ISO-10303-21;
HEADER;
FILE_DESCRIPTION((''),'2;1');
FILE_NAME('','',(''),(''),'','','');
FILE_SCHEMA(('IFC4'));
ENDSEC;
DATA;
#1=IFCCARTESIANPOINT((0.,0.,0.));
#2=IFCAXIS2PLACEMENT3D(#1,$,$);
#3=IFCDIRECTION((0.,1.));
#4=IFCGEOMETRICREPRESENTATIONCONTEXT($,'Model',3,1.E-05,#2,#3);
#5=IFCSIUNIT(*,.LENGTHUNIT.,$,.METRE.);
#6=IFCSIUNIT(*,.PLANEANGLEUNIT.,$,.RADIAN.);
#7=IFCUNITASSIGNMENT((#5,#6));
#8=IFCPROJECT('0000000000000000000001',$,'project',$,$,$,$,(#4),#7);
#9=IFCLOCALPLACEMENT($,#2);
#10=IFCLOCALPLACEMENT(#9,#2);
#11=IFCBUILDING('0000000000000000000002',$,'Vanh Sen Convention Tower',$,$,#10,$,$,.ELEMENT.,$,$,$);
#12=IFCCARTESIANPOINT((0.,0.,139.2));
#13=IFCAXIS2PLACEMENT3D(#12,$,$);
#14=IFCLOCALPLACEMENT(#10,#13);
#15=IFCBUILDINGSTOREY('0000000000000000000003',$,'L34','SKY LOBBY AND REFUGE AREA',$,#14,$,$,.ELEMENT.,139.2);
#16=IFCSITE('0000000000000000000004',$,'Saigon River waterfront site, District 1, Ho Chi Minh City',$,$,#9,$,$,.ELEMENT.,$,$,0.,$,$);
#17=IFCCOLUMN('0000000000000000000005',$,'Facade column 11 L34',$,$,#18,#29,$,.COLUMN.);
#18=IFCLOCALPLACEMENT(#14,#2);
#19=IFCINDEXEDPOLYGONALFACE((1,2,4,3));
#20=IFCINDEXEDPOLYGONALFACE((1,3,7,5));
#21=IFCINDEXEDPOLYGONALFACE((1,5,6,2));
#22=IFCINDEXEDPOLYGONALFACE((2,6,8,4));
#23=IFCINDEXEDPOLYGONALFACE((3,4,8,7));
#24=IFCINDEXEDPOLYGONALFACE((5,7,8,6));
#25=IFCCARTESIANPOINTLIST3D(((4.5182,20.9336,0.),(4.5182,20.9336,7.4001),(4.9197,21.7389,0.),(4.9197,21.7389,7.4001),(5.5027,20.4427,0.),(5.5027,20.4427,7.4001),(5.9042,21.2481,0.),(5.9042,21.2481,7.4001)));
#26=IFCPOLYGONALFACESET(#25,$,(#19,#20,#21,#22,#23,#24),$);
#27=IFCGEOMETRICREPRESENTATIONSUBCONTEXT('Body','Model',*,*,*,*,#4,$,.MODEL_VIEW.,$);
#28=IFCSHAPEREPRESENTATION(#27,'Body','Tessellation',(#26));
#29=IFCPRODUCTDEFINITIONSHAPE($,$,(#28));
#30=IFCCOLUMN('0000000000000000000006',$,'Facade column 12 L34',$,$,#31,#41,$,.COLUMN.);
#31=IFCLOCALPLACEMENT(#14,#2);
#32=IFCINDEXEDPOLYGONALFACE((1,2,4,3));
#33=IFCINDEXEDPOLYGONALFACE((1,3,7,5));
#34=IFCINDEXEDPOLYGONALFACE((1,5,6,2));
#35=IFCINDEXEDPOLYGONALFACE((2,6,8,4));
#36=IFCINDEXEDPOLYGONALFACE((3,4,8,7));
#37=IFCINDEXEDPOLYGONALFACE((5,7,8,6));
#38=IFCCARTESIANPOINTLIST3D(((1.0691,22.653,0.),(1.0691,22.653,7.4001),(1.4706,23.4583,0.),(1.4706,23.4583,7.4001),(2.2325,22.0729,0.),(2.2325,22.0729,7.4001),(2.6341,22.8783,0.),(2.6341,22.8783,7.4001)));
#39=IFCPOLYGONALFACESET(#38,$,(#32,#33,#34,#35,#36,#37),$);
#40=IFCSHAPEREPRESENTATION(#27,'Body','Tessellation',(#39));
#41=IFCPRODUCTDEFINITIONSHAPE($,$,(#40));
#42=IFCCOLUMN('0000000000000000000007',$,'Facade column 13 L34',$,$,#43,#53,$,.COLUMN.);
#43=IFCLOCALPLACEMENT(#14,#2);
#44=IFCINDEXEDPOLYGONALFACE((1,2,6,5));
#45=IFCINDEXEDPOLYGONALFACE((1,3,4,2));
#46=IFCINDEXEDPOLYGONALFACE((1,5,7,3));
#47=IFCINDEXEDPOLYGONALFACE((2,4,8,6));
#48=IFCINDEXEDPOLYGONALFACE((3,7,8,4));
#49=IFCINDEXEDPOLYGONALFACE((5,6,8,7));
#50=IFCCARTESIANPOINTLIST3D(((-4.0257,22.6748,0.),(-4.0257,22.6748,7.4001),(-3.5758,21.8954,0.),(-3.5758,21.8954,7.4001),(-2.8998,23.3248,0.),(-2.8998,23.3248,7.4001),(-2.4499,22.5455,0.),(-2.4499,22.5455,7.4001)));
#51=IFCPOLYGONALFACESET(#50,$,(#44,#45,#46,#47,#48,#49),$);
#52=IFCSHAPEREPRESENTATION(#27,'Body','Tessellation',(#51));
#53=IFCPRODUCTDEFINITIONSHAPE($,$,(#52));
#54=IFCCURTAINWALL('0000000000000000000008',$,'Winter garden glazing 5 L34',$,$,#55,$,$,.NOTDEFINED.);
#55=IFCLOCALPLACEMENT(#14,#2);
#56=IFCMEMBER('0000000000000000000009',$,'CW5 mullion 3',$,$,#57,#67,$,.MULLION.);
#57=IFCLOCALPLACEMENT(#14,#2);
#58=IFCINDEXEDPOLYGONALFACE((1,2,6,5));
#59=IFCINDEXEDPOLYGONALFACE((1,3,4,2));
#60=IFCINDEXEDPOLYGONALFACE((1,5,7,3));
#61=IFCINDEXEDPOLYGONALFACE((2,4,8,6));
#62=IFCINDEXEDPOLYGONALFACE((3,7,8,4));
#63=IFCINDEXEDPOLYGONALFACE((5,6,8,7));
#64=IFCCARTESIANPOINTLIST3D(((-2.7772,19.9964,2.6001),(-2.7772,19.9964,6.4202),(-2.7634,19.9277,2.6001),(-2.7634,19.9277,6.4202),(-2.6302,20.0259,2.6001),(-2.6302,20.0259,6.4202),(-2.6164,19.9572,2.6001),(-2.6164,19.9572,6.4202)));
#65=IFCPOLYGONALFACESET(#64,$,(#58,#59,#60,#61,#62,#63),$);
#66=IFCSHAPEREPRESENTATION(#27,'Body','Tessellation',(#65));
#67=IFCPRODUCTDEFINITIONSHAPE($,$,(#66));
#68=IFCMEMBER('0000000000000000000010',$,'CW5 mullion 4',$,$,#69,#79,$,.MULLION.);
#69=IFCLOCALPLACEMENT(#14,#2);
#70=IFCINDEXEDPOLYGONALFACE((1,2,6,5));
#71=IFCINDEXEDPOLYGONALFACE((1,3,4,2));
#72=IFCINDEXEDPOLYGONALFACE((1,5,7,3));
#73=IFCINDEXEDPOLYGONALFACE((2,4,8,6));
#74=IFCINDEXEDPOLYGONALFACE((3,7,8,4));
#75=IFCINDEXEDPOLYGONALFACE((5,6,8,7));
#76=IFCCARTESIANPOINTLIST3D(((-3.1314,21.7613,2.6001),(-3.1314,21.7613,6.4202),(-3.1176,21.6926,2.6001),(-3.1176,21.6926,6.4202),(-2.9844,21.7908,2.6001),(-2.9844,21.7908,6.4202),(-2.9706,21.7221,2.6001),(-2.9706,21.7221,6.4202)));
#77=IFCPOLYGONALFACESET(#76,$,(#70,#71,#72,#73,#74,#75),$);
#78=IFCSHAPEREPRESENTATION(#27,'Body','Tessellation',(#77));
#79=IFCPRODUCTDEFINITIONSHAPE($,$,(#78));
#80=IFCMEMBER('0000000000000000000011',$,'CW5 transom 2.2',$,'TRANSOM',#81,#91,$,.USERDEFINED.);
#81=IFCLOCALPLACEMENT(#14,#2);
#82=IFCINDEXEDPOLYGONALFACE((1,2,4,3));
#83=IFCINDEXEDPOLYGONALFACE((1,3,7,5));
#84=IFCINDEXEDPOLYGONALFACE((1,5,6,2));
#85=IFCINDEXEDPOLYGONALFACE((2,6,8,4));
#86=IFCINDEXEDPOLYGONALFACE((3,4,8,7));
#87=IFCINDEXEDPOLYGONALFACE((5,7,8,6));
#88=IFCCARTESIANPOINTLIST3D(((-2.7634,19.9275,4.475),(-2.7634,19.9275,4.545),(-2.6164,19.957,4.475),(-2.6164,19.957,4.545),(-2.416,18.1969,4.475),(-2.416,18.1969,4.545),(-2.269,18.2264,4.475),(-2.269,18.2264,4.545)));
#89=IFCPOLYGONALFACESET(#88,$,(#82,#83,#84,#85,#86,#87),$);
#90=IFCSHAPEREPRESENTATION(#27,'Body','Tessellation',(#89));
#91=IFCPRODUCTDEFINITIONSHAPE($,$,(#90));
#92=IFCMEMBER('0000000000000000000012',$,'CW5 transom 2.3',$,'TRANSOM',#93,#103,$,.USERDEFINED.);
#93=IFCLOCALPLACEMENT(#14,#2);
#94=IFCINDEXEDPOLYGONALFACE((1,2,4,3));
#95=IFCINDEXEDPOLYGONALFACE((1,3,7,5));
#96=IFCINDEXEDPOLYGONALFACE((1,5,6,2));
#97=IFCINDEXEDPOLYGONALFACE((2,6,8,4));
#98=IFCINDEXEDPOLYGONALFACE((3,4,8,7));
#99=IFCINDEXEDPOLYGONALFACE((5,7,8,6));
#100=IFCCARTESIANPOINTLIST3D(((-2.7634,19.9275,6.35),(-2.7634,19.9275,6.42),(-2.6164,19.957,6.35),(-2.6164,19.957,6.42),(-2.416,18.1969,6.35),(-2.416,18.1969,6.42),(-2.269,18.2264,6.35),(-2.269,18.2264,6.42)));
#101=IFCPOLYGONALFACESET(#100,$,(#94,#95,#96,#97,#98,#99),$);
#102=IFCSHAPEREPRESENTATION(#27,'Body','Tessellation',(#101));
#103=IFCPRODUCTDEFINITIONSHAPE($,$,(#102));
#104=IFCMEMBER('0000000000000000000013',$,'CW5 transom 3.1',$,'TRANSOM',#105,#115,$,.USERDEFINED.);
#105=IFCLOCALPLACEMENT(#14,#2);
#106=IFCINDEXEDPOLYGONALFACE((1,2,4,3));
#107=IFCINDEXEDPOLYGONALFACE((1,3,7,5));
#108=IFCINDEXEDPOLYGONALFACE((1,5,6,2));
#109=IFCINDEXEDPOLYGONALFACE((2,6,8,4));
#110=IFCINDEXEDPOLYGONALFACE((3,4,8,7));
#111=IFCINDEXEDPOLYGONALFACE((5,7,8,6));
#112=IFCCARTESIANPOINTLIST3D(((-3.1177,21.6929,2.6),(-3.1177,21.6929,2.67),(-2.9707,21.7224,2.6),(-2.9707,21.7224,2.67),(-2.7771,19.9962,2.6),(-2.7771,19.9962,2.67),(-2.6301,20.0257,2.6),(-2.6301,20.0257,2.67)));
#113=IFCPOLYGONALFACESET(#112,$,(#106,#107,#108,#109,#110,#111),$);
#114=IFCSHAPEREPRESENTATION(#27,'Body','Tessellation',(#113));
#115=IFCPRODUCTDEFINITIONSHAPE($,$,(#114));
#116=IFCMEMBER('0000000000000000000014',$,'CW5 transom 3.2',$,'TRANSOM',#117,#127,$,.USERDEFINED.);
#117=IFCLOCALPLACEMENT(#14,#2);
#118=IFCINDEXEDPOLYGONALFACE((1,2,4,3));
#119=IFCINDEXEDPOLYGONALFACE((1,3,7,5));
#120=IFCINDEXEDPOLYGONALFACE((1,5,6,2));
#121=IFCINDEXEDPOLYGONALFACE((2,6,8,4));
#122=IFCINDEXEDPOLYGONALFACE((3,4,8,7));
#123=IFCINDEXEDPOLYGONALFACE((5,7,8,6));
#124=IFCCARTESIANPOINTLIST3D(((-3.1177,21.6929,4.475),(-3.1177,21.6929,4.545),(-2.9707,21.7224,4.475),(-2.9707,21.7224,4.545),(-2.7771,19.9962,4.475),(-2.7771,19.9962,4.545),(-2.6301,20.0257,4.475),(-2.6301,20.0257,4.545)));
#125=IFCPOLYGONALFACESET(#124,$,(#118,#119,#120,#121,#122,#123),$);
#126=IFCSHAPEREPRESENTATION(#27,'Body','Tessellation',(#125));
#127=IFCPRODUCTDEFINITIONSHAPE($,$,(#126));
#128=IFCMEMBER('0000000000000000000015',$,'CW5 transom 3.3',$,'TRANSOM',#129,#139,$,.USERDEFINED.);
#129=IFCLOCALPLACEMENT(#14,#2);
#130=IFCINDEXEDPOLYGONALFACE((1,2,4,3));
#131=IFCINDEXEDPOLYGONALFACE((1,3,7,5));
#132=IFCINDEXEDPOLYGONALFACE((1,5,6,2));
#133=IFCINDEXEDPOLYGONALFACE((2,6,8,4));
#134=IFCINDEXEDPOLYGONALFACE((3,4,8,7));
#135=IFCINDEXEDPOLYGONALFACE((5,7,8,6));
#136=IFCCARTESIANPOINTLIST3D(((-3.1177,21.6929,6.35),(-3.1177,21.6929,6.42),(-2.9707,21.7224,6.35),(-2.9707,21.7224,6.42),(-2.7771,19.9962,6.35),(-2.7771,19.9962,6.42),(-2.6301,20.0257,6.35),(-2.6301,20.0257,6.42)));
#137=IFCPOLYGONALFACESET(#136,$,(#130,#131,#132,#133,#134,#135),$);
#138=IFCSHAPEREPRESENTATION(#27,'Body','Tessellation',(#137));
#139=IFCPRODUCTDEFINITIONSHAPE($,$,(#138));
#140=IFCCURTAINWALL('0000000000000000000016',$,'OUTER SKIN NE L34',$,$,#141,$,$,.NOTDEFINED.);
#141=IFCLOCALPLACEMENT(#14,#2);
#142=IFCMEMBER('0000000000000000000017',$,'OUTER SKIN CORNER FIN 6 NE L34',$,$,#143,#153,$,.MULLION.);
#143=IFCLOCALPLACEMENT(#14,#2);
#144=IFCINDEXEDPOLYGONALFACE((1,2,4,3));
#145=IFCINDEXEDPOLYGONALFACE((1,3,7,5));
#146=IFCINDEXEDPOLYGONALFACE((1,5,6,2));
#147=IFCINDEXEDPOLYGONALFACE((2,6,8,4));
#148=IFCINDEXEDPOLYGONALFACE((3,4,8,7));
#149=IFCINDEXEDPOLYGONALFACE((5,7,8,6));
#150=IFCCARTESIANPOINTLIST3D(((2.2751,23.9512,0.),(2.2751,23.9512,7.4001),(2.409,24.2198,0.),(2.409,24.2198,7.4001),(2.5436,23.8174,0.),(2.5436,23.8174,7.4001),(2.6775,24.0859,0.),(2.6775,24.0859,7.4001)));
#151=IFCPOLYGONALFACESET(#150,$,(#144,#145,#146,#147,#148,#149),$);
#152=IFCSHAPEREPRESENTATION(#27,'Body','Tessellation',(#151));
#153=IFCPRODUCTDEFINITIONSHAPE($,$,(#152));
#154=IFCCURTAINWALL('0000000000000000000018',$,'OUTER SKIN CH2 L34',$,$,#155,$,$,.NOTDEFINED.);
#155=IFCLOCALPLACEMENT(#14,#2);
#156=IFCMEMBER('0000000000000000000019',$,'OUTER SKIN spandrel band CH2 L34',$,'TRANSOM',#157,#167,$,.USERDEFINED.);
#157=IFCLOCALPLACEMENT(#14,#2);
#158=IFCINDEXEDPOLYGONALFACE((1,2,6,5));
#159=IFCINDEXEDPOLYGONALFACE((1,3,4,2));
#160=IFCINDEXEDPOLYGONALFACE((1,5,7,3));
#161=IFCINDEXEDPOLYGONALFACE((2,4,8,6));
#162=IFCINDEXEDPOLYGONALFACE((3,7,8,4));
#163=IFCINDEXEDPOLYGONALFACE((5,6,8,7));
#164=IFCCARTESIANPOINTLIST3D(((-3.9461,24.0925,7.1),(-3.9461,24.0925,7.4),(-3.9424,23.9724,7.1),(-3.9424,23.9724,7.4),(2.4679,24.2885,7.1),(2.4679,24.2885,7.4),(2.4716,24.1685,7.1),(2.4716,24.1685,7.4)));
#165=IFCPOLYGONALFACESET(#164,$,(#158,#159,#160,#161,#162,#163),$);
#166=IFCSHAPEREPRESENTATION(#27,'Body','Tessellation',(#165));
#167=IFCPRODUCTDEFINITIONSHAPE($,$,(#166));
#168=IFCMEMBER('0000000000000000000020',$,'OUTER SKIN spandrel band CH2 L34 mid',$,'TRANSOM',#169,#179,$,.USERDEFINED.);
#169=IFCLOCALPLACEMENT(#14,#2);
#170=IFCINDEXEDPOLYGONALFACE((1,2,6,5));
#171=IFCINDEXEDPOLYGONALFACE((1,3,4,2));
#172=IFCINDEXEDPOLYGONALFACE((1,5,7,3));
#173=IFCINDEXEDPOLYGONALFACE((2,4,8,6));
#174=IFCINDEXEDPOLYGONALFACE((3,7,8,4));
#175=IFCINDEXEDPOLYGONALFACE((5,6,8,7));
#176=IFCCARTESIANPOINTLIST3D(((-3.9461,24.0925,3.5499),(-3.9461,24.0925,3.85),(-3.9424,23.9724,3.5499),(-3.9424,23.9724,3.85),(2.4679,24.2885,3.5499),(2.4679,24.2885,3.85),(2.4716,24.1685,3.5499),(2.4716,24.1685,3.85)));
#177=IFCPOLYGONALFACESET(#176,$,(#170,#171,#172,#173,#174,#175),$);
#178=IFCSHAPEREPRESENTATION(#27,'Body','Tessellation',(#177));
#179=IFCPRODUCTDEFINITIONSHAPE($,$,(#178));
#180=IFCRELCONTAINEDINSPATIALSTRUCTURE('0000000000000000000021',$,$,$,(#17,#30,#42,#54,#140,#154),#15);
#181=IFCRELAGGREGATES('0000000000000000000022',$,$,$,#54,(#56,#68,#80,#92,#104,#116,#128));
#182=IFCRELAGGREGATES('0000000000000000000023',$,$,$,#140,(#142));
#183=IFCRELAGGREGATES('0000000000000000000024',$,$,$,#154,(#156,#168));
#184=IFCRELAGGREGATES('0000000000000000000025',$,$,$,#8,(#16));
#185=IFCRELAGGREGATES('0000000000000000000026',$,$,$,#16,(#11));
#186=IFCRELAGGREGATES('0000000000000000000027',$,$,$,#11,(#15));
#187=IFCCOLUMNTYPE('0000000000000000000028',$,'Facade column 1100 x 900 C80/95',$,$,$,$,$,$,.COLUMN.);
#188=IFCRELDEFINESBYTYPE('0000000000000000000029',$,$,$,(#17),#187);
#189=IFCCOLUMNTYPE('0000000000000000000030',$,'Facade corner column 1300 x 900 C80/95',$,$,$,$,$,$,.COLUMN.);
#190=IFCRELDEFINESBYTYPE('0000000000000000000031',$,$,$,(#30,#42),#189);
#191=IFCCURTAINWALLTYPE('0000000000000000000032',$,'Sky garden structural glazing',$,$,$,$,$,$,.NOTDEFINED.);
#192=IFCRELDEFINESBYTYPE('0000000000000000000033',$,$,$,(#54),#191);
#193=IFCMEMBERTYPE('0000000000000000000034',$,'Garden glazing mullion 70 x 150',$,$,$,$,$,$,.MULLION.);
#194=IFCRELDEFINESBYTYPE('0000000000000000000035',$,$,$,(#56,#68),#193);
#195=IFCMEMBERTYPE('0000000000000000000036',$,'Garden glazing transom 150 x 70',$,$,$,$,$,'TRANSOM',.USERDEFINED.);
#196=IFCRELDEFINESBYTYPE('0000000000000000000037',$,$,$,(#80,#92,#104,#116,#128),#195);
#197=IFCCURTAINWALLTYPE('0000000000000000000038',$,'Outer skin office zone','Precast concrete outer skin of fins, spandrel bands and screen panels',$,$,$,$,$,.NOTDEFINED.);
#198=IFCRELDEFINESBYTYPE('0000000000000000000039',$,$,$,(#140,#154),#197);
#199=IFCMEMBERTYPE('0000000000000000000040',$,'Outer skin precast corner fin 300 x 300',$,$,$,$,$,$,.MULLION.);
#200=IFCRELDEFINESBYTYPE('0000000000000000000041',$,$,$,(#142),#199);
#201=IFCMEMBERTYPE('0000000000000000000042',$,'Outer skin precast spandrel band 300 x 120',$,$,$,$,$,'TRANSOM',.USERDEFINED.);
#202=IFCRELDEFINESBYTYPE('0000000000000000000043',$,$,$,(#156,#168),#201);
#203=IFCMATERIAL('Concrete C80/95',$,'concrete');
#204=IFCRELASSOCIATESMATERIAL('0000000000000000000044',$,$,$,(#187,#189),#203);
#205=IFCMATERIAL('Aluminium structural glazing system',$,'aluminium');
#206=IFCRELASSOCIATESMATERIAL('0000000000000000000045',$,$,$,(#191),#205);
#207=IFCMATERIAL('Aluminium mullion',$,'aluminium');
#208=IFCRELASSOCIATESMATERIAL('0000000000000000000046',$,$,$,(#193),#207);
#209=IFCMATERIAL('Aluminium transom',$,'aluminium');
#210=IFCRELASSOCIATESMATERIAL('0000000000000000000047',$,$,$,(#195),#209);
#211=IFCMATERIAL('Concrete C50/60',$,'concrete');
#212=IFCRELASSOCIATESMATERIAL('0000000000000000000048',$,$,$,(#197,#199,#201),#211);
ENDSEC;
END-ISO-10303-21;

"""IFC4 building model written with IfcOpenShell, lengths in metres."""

from ifc_helpers import new_model, si_unit, direction, frame, origin, origin_2d, place, context, subcontext, project, spatial, rectangle, extrude, material, material_profile, profile_set, type_object, element, aggregate, save


model = new_model("IFC4")

# Units and contexts
model_context = context("Model", 3, precision=1e-05, world=origin(), true_north=direction((0.0, 1.0)))
body_context = subcontext(model_context, "Body", "Model", "MODEL_VIEW")
ifc_project = project(units=[si_unit("LENGTHUNIT", "METRE"), si_unit("PLANEANGLEUNIT", "RADIAN")], contexts=[model_context])

# Site, building, storey
site_placement = place(None, origin())
site = spatial("IfcSite", under=ifc_project, at=site_placement, Name="Saigon River waterfront site, District 1, Ho Chi Minh City", CompositionType="ELEMENT", RefElevation=0.0)
building_placement = place(site_placement, origin())
building = spatial("IfcBuilding", under=site, at=building_placement, Name="Vanh Sen Convention Tower", CompositionType="ELEMENT")
storey_placement = place(building_placement, frame((0.0, 0.0, 139.2)))
storey = spatial("IfcBuildingStorey", under=building, at=storey_placement, Name="L34", Description="SKY LOBBY AND REFUGE AREA", CompositionType="ELEMENT", Elevation=139.2)

# Columns
ifc_material_1 = material(Name="Concrete C80/95", Category="concrete")
ifc_material_profile_1 = material_profile(ifc_material_1, rectangle(XDim=1.1001, YDim=0.8999, at=origin_2d()), Name="RC 1100X900")
ifc_profile_set_1 = profile_set([ifc_material_profile_1], Name="Concrete C80/95")
column_type_1 = type_object("IfcColumnType", Name="Facade column 1100 x 900 C80/95", PredefinedType="COLUMN", material=ifc_profile_set_1)
column_placement = place(storey_placement, frame((5.2112, 21.0908, 0.0), z_axis=(0.0, 0.0, 1.0), x_axis=(-0.894934, 0.446198, 0.0)))
element("IfcColumn", 1, at=column_placement, inside=storey, type_object=column_type_1, Name="Facade column 11 L34", PredefinedType="COLUMN", context=body_context, shape_type="SweptSolid", body=[
    extrude(rectangle(XDim=1.1001, YDim=0.8999, at=origin_2d()), origin(), (0.0, 0.0, 1.0), 7.4001),
])
ifc_material_profile_2 = material_profile(ifc_material_1, rectangle(XDim=1.3, YDim=0.8999, at=origin_2d()), Name="RC 1300X900")
ifc_profile_set_2 = profile_set([ifc_material_profile_2], Name="Concrete C80/95")
column_type_2 = type_object("IfcColumnType", Name="Facade corner column 1300 x 900 C80/95", PredefinedType="COLUMN", material=ifc_profile_set_2)
for number, where, z_axis, x_axis, name in (
    (2, (1.8516, 22.7656, 0.0), (0.0, 0.0, 1.0), (-0.894934, 0.446198, 0.0), "Facade column 12 L34"),
    (3, (-3.2378, 22.6101, 0.0), (0.0, 0.0, 1.0), (-0.866025, -0.5, 0.0), "Facade column 13 L34"),
):
    element("IfcColumn", number, at=place(storey_placement, frame(where, z_axis=z_axis, x_axis=x_axis)), inside=storey, type_object=column_type_2, Name=name, PredefinedType="COLUMN", context=body_context, shape_type="SweptSolid", body=[
        extrude(rectangle(XDim=1.3, YDim=0.8999, at=origin_2d()), origin(), (0.0, 0.0, 1.0), 7.4001),
    ])

# Curtain wall, members
ifc_material_2 = material(Name="Aluminium structural glazing system", Category="aluminium")
curtain_wall_type_1 = type_object("IfcCurtainWallType", Name="Sky garden structural glazing", PredefinedType="NOTDEFINED", material=ifc_material_2)
curtain_wall_1_placement = place(storey_placement, origin())
curtain_wall_1 = element("IfcCurtainWall", 4, at=curtain_wall_1_placement, inside=storey, type_object=curtain_wall_type_1, Name="Winter garden glazing 5 L34", PredefinedType="NOTDEFINED")
ifc_material_3 = material(Name="Aluminium mullion", Category="aluminium")
ifc_material_profile_3 = material_profile(ifc_material_3, rectangle(XDim=0.1499, YDim=0.0701, at=origin_2d()), Name="Garden glazing mullion 70 x 150")
ifc_profile_set_3 = profile_set([ifc_material_profile_3], Name="Aluminium mullion")
member_type_1 = type_object("IfcMemberType", Name="Garden glazing mullion 70 x 150", PredefinedType="MULLION", material=ifc_profile_set_3)
member_1_placement = place(storey_placement, frame((-2.6968, 19.9768, 2.6001), z_axis=(0.0, 0.0, 1.0), x_axis=(-0.980446, -0.19679, 0.0)))
member_1 = element("IfcMember", 5, at=member_1_placement, type_object=member_type_1, Name="CW5 mullion 3", PredefinedType="MULLION", context=body_context, shape_type="SweptSolid", body=[
    extrude(rectangle(XDim=0.1499, YDim=0.0701, at=origin_2d()), origin(), (0.0, 0.0, 1.0), 3.8201),
])
member_2_placement = place(storey_placement, frame((-3.051, 21.7417, 2.6001), z_axis=(0.0, 0.0, 1.0), x_axis=(-0.980446, -0.19679, 0.0)))
member_2 = element("IfcMember", 6, at=member_2_placement, type_object=member_type_1, Name="CW5 mullion 4", PredefinedType="MULLION", context=body_context, shape_type="SweptSolid", body=[
    extrude(rectangle(XDim=0.1499, YDim=0.0701, at=origin_2d()), origin(), (0.0, 0.0, 1.0), 3.8201),
])
ifc_material_4 = material(Name="Aluminium transom", Category="aluminium")
ifc_material_profile_4 = material_profile(ifc_material_4, rectangle(XDim=0.1499, YDim=0.0701, at=origin_2d()), Name="Garden glazing transom 150 x 70")
ifc_profile_set_4 = profile_set([ifc_material_profile_4], Name="Aluminium transom")
member_type_2 = type_object("IfcMemberType", Name="Garden glazing transom 150 x 70", ElementType="TRANSOM", PredefinedType="USERDEFINED", material=ifc_profile_set_4)
member_3_placement = place(storey_placement, frame((-2.3425, 18.2117, 4.51), z_axis=(-0.196808, 0.980442, 0.0), x_axis=(-0.980442, -0.196808, 0.0)))
member_3 = element("IfcMember", 7, at=member_3_placement, type_object=member_type_2, Name="CW5 transom 2.2", ObjectType="TRANSOM", PredefinedType="USERDEFINED", context=body_context, shape_type="SweptSolid", body=[
    extrude(rectangle(XDim=0.1499, YDim=0.0701, at=origin_2d()), origin(), (0.0, 0.0, 1.0), 1.7651),
])
member_4_placement = place(storey_placement, frame((-2.3425, 18.2117, 6.385), z_axis=(-0.196808, 0.980442, 0.0), x_axis=(-0.980442, -0.196808, 0.0)))
member_4 = element("IfcMember", 8, at=member_4_placement, type_object=member_type_2, Name="CW5 transom 2.3", ObjectType="TRANSOM", PredefinedType="USERDEFINED", context=body_context, shape_type="SweptSolid", body=[
    extrude(rectangle(XDim=0.1499, YDim=0.0701, at=origin_2d()), origin(), (0.0, 0.0, 1.0), 1.7651),
])
member_5_placement = place(storey_placement, frame((-2.7036, 20.011, 2.635), z_axis=(-0.196822, 0.980439, 0.0), x_axis=(-0.980439, -0.196822, 0.0)))
member_5 = element("IfcMember", 9, at=member_5_placement, type_object=member_type_2, Name="CW5 transom 3.1", ObjectType="TRANSOM", PredefinedType="USERDEFINED", context=body_context, shape_type="SweptSolid", body=[
    extrude(rectangle(XDim=0.1499, YDim=0.0701, at=origin_2d()), origin(), (0.0, 0.0, 1.0), 1.7305),
])
member_6_placement = place(storey_placement, frame((-2.7036, 20.011, 4.51), z_axis=(-0.196822, 0.980439, 0.0), x_axis=(-0.980439, -0.196822, 0.0)))
member_6 = element("IfcMember", 10, at=member_6_placement, type_object=member_type_2, Name="CW5 transom 3.2", ObjectType="TRANSOM", PredefinedType="USERDEFINED", context=body_context, shape_type="SweptSolid", body=[
    extrude(rectangle(XDim=0.1499, YDim=0.0701, at=origin_2d()), origin(), (0.0, 0.0, 1.0), 1.7305),
])
member_7_placement = place(storey_placement, frame((-2.7036, 20.011, 6.385), z_axis=(-0.196822, 0.980439, 0.0), x_axis=(-0.980439, -0.196822, 0.0)))
member_7 = element("IfcMember", 11, at=member_7_placement, type_object=member_type_2, Name="CW5 transom 3.3", ObjectType="TRANSOM", PredefinedType="USERDEFINED", context=body_context, shape_type="SweptSolid", body=[
    extrude(rectangle(XDim=0.1499, YDim=0.0701, at=origin_2d()), origin(), (0.0, 0.0, 1.0), 1.7305),
])

# Curtain wall, member
ifc_material_5 = material(Name="Concrete C50/60", Category="concrete")
curtain_wall_type_2 = type_object("IfcCurtainWallType", Name="Outer skin office zone", Description="Precast concrete outer skin of fins, spandrel bands and screen panels", PredefinedType="NOTDEFINED", material=ifc_material_5)
curtain_wall_2_placement = place(storey_placement, origin())
curtain_wall_2 = element("IfcCurtainWall", 12, at=curtain_wall_2_placement, inside=storey, type_object=curtain_wall_type_2, Name="OUTER SKIN NE L34", PredefinedType="NOTDEFINED")
ifc_material_profile_5 = material_profile(ifc_material_5, rectangle(XDim=0.3, YDim=0.3, at=origin_2d()), Name="Outer skin precast corner fin 300 x 300")
ifc_profile_set_5 = profile_set([ifc_material_profile_5], Name="Concrete C50/60")
member_type_3 = type_object("IfcMemberType", Name="Outer skin precast corner fin 300 x 300", PredefinedType="MULLION", material=ifc_profile_set_5)
member_8_placement = place(storey_placement, frame((2.4763, 24.0186, 0.0), z_axis=(0.0, 0.0, 1.0), x_axis=(-0.894934, 0.446198, 0.0)))
member_8 = element("IfcMember", 13, at=member_8_placement, type_object=member_type_3, Name="OUTER SKIN CORNER FIN 6 NE L34", PredefinedType="MULLION", context=body_context, shape_type="SweptSolid", body=[
    extrude(rectangle(XDim=0.3, YDim=0.3, at=origin_2d()), origin(), (0.0, 0.0, 1.0), 7.4001),
])

# Curtain wall, members
curtain_wall_3_placement = place(storey_placement, origin())
curtain_wall_3 = element("IfcCurtainWall", 14, at=curtain_wall_3_placement, inside=storey, type_object=curtain_wall_type_2, Name="OUTER SKIN CH2 L34", PredefinedType="NOTDEFINED")
ifc_material_profile_6 = material_profile(ifc_material_5, rectangle(XDim=0.1201, YDim=0.3, at=origin_2d()), Name="Outer skin precast spandrel band 300 x 120")
ifc_profile_set_6 = profile_set([ifc_material_profile_6], Name="Concrete C50/60")
member_type_4 = type_object("IfcMemberType", Name="Outer skin precast spandrel band 300 x 120", ElementType="TRANSOM", PredefinedType="USERDEFINED", material=ifc_profile_set_6)
member_9_placement = place(storey_placement, frame((2.4697, 24.2285, 7.25), z_axis=(-0.999533, -0.030551, 0.0), x_axis=(0.030551, -0.999533, 0.0)))
member_9 = element("IfcMember", 15, at=member_9_placement, type_object=member_type_4, Name="OUTER SKIN spandrel band CH2 L34", ObjectType="TRANSOM", PredefinedType="USERDEFINED", context=body_context, shape_type="SweptSolid", body=[
    extrude(rectangle(XDim=0.1201, YDim=0.3, at=origin_2d()), origin(), (0.0, 0.0, 1.0), 6.417),
])
member_10_placement = place(storey_placement, frame((2.4697, 24.2285, 3.7), z_axis=(-0.999533, -0.030551, 0.0), x_axis=(0.030551, -0.999533, 0.0)))
member_10 = element("IfcMember", 16, at=member_10_placement, type_object=member_type_4, Name="OUTER SKIN spandrel band CH2 L34 mid", ObjectType="TRANSOM", PredefinedType="USERDEFINED", context=body_context, shape_type="SweptSolid", body=[
    extrude(rectangle(XDim=0.1201, YDim=0.3, at=origin_2d()), origin(), (0.0, 0.0, 1.0), 6.417),
])

aggregate(curtain_wall_1, [member_1, member_2, member_3, member_4, member_5, member_6, member_7])
aggregate(curtain_wall_2, [member_8])
aggregate(curtain_wall_3, [member_9, member_10])

save(model, "model.ifc")
